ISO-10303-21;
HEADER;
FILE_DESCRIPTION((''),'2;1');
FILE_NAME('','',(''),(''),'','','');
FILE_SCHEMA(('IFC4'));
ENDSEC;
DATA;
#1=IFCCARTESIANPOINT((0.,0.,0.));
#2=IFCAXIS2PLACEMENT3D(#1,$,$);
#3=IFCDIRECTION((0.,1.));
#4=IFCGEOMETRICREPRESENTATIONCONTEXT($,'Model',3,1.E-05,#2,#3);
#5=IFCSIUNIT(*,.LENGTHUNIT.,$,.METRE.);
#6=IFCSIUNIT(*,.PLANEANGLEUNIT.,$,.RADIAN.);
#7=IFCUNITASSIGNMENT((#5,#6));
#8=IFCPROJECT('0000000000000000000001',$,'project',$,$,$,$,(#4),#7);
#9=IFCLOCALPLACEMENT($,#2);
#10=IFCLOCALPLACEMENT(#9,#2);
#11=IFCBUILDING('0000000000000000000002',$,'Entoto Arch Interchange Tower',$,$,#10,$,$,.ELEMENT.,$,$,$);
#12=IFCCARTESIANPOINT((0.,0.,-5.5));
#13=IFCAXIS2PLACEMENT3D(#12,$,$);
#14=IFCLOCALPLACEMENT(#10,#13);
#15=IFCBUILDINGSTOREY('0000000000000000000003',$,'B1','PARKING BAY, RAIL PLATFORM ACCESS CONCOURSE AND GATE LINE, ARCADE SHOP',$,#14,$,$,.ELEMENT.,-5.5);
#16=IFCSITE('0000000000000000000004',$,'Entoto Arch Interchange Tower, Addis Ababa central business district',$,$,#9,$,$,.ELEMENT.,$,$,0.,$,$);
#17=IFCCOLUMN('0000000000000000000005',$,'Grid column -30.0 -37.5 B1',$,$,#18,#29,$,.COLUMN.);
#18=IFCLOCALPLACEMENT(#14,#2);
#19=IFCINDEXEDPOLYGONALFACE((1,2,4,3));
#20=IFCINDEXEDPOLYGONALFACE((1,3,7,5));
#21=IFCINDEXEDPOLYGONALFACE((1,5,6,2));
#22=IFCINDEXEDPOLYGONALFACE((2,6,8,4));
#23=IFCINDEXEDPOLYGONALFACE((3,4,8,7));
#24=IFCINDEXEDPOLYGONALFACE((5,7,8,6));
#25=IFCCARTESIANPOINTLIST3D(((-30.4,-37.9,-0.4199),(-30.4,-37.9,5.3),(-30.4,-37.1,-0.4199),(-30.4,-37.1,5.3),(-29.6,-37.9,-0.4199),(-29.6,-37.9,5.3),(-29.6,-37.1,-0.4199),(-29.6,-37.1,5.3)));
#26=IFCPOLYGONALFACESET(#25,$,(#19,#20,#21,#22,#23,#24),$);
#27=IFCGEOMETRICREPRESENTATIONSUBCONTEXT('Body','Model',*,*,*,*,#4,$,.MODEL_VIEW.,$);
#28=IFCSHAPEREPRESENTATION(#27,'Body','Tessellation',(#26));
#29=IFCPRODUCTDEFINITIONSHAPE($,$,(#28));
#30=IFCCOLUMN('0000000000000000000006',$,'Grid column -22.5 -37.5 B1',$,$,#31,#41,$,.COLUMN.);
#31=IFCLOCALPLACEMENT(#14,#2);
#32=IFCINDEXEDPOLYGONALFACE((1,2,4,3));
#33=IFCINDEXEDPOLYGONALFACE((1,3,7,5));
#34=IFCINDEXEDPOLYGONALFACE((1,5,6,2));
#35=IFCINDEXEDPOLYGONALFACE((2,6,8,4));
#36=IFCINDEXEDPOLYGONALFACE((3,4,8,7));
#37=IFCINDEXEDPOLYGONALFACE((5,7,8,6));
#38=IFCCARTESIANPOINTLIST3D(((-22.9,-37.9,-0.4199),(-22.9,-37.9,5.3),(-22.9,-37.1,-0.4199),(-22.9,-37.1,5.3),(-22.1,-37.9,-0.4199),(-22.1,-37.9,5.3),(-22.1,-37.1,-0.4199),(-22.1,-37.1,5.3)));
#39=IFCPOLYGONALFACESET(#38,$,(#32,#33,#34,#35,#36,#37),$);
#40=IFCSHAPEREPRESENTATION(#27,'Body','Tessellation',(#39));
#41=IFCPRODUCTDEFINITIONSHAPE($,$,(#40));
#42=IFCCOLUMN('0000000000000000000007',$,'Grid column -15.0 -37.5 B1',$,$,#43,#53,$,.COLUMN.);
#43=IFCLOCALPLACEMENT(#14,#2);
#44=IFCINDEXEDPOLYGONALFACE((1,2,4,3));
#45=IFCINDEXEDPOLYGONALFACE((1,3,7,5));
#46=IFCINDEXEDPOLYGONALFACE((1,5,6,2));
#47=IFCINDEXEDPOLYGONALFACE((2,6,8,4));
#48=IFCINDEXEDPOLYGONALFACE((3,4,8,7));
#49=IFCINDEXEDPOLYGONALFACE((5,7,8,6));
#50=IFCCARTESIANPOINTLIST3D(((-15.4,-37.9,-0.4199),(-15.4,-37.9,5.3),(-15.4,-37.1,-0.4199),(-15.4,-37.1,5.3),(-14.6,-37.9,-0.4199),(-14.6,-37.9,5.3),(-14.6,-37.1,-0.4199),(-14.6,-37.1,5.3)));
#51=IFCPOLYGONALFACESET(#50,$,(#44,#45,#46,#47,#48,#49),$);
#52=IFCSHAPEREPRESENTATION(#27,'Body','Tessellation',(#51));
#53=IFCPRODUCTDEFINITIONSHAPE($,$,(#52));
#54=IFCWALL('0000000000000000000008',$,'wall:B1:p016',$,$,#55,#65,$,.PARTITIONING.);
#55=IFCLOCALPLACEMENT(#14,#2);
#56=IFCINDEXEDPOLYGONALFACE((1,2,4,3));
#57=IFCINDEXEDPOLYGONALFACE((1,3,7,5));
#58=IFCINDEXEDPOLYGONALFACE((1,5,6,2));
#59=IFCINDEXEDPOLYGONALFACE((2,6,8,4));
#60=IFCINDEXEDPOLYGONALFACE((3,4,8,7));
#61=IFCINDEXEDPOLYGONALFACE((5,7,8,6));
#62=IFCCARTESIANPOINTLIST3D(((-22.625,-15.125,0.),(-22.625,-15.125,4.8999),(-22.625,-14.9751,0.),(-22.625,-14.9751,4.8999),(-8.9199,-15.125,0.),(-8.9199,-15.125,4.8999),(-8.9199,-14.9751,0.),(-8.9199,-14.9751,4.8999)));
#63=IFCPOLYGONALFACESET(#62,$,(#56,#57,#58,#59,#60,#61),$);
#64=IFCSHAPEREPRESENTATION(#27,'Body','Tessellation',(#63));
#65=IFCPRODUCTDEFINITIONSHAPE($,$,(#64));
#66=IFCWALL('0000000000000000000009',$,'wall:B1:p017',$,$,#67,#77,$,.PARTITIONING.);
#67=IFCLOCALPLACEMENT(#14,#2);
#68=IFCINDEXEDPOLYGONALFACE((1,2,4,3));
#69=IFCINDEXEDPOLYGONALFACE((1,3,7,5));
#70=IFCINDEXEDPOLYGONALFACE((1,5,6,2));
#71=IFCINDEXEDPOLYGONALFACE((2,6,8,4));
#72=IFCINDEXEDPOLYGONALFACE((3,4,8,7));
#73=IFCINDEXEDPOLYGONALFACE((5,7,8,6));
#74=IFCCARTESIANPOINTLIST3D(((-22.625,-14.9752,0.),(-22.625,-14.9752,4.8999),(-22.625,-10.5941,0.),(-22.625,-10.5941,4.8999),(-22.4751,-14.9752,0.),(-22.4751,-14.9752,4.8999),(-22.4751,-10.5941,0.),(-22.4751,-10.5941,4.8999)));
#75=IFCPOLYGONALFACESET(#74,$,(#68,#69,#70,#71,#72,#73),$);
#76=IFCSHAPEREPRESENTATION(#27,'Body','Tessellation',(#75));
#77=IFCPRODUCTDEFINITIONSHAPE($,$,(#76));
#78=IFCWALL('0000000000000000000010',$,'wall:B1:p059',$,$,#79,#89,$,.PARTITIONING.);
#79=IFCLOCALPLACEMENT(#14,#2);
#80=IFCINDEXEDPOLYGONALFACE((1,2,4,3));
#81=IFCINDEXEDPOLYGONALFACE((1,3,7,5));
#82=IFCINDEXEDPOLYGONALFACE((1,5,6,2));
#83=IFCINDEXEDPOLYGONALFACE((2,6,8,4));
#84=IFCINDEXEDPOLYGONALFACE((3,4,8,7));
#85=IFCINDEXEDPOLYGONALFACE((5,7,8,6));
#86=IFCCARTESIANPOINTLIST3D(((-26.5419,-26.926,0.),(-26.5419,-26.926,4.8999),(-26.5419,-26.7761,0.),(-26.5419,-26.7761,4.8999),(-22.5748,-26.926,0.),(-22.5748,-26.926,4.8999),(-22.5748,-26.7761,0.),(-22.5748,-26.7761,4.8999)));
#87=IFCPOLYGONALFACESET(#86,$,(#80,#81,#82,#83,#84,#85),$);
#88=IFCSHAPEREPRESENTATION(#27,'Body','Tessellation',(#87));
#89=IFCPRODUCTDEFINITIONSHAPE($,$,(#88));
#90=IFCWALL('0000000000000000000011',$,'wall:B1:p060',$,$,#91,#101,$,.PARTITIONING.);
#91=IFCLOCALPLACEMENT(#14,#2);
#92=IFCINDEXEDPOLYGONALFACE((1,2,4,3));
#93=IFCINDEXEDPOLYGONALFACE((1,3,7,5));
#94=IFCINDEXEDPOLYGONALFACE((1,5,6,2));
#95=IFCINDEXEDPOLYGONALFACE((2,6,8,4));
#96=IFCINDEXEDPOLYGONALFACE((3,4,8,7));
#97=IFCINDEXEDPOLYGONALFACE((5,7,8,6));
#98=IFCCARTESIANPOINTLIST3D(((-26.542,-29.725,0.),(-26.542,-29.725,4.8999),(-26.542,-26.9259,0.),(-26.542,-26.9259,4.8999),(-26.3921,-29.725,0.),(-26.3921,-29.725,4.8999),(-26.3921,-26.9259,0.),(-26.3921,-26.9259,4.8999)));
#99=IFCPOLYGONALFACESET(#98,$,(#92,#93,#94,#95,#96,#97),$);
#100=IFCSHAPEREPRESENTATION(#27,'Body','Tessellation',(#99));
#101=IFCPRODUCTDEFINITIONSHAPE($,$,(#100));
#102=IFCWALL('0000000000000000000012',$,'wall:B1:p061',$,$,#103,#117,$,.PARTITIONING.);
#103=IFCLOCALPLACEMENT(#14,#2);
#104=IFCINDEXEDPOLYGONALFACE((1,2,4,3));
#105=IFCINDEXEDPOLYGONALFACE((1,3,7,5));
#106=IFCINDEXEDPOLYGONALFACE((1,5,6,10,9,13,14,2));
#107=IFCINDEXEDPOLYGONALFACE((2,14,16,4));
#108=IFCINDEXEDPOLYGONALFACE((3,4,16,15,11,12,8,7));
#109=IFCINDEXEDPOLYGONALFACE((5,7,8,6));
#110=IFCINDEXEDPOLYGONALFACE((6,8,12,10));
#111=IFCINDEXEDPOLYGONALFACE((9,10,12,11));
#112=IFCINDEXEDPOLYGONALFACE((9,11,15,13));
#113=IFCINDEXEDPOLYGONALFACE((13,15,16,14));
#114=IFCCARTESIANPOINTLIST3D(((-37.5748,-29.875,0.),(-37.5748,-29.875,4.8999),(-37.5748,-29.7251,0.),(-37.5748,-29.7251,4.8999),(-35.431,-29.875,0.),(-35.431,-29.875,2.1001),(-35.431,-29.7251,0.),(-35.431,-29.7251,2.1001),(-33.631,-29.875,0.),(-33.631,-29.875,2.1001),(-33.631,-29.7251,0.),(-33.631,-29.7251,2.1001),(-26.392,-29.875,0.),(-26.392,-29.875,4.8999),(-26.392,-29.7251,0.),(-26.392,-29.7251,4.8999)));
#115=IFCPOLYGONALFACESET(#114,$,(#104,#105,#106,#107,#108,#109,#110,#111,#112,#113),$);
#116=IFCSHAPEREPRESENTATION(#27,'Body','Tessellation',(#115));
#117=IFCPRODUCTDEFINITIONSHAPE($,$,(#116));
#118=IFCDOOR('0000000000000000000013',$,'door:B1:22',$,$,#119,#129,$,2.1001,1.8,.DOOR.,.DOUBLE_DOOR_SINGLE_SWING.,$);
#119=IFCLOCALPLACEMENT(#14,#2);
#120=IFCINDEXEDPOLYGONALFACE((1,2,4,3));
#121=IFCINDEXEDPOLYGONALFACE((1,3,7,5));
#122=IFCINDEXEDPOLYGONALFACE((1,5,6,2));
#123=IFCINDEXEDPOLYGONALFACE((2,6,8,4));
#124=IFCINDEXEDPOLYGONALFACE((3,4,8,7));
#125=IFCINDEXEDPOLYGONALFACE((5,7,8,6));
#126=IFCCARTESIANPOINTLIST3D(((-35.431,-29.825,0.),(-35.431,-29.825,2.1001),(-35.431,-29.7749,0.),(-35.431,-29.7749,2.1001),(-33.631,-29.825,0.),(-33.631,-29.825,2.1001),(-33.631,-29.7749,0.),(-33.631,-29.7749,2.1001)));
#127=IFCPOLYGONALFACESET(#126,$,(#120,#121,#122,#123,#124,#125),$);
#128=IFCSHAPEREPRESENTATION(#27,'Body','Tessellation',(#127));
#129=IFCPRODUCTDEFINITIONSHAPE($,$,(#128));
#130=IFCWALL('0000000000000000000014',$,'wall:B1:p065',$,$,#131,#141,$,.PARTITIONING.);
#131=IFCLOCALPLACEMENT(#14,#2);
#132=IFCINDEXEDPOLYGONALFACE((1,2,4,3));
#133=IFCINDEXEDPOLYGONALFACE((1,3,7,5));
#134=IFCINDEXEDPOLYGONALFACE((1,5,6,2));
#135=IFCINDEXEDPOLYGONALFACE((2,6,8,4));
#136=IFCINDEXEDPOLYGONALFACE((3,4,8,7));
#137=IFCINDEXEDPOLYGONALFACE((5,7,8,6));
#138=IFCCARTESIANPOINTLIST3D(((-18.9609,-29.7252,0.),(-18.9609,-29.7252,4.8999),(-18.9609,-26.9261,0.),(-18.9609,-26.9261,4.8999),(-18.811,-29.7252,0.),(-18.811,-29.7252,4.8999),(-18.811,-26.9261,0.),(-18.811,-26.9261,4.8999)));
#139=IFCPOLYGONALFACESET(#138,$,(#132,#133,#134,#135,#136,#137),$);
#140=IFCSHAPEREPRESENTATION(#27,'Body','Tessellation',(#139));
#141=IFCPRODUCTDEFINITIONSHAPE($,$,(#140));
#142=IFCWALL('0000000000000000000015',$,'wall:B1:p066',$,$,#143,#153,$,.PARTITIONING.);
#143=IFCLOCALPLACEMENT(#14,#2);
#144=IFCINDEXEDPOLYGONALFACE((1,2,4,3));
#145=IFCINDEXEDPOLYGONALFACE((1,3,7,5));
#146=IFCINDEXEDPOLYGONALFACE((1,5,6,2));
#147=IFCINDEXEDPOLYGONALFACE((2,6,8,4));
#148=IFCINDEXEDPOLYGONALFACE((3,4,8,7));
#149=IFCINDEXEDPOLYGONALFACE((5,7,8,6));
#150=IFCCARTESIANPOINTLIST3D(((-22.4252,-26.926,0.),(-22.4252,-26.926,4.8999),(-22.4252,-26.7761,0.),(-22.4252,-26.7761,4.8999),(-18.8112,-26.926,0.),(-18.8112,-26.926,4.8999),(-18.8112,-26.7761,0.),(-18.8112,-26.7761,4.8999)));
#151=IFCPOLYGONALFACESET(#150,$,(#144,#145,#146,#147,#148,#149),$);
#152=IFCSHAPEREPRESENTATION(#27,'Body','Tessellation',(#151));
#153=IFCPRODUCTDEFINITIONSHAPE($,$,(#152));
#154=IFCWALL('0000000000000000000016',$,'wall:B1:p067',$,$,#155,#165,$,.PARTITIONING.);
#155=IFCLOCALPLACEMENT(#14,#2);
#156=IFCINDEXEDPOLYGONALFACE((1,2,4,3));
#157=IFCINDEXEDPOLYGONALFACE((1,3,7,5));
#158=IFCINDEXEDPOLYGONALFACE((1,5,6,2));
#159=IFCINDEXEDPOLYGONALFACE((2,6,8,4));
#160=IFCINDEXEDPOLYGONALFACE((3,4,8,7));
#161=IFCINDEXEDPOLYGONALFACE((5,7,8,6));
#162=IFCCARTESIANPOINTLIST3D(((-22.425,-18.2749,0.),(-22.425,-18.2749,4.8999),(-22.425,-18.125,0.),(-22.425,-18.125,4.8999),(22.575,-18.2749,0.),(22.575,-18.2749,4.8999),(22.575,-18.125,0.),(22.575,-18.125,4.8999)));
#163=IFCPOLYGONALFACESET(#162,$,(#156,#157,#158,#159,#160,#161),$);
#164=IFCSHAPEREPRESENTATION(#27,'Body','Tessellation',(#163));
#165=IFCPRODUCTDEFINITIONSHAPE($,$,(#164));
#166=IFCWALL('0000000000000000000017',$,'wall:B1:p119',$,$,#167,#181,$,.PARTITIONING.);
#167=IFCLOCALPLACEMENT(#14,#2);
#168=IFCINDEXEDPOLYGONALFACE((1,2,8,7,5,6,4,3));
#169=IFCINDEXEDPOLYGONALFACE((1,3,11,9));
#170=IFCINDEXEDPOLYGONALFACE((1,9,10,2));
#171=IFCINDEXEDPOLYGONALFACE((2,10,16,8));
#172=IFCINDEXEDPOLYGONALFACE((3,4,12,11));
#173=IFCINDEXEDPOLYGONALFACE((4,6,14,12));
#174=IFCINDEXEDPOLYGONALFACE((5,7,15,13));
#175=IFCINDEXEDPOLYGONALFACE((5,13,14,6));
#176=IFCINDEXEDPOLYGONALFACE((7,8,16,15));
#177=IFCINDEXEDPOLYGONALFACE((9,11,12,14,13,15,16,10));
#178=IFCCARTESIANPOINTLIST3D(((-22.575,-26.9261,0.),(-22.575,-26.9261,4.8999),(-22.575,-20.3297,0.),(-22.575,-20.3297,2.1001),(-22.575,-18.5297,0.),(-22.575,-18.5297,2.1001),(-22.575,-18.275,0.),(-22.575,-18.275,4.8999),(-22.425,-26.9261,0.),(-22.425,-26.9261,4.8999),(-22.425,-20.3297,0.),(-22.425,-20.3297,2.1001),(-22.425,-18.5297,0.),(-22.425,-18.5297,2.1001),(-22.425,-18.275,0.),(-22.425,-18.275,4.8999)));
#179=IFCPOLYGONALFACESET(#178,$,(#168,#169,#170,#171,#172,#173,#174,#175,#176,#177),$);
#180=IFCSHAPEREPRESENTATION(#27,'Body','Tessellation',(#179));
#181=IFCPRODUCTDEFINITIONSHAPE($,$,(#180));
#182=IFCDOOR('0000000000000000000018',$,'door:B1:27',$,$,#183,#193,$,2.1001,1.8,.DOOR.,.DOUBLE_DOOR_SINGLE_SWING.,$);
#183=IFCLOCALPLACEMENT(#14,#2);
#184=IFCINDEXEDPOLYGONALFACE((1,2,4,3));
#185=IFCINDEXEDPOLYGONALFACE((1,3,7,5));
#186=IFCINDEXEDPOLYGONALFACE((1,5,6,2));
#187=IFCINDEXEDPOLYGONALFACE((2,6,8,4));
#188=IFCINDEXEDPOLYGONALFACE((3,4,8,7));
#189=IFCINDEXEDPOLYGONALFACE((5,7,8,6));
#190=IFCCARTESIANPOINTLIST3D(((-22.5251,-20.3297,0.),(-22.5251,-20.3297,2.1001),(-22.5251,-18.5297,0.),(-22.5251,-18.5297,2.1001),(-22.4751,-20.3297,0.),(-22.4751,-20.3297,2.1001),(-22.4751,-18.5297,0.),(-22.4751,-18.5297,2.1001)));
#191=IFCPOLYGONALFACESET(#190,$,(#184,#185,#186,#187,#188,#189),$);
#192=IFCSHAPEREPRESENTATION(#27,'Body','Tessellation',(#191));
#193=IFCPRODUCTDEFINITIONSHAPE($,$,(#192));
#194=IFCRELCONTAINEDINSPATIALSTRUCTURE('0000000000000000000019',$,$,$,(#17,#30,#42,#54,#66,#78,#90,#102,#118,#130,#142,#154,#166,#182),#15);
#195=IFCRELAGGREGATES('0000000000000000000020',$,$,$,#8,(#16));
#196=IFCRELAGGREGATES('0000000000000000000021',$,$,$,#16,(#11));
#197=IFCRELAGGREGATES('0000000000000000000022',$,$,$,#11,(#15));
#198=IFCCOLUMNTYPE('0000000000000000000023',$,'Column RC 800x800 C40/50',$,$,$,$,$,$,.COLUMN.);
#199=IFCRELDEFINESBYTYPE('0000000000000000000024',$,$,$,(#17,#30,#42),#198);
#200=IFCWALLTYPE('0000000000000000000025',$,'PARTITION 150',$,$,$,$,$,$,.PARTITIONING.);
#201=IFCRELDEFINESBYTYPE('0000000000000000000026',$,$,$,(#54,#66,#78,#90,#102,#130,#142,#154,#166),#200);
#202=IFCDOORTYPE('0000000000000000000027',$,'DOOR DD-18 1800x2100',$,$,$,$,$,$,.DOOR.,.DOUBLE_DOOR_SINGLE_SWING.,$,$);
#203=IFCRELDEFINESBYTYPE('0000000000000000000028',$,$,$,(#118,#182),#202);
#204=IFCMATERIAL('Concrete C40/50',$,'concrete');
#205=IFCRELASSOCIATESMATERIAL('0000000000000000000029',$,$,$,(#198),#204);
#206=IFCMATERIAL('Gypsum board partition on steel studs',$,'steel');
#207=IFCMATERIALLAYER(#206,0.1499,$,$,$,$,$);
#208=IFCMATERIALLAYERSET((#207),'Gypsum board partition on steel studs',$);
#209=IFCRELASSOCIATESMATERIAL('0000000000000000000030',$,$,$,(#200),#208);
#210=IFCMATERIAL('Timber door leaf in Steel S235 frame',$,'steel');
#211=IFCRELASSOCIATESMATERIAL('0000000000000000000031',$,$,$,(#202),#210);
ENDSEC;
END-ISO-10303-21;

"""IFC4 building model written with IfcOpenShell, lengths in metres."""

from ifc_helpers import new_model, si_unit, direction, frame, frame_2d, origin, origin_2d, place, context, subcontext, project, spatial, rectangle, extrude, material, layer, layer_set, material_profile, profile_set, type_object, element, fill, save


model = new_model("IFC4")

# Units and contexts
model_context = context("Model", 3, precision=1e-05, world=origin(), true_north=direction((0.0, 1.0)))
body_context = subcontext(model_context, "Body", "Model", "MODEL_VIEW")
ifc_project = project(units=[si_unit("LENGTHUNIT", "METRE"), si_unit("PLANEANGLEUNIT", "RADIAN")], contexts=[model_context])

# Site, building, storey
site_placement = place(None, origin())
site = spatial("IfcSite", under=ifc_project, at=site_placement, Name="Entoto Arch Interchange Tower, Addis Ababa central business district", CompositionType="ELEMENT", RefElevation=0.0)
building_placement = place(site_placement, origin())
building = spatial("IfcBuilding", under=site, at=building_placement, Name="Entoto Arch Interchange Tower", CompositionType="ELEMENT")
storey_placement = place(building_placement, frame((0.0, 0.0, -5.5)))
storey = spatial("IfcBuildingStorey", under=building, at=storey_placement, Name="B1", Description="PARKING BAY, RAIL PLATFORM ACCESS CONCOURSE AND GATE LINE, ARCADE SHOP", CompositionType="ELEMENT", Elevation=-5.5)

# Columns
ifc_material_1 = material(Name="Concrete C40/50", Category="concrete")
ifc_material_profile = material_profile(ifc_material_1, rectangle(XDim=0.8, YDim=0.8, at=origin_2d()))
ifc_profile_set = profile_set([ifc_material_profile], Name="Concrete C40/50")
column_type = type_object("IfcColumnType", Name="Column RC 800x800 C40/50", PredefinedType="COLUMN", material=ifc_profile_set)
for number, where, z_axis, x_axis, name in (
    (1, (-30.0, -37.5, -0.4199), (0.0, 0.0, 1.0), (1.0, 0.0, 0.0), "Grid column -30.0 -37.5 B1"),
    (2, (-22.5, -37.5, -0.4199), (0.0, 0.0, 1.0), (1.0, 0.0, 0.0), "Grid column -22.5 -37.5 B1"),
    (3, (-15.0, -37.5, -0.4199), (0.0, 0.0, 1.0), (1.0, 0.0, 0.0), "Grid column -15.0 -37.5 B1"),
):
    element("IfcColumn", number, at=place(storey_placement, frame(where, z_axis=z_axis, x_axis=x_axis)), inside=storey, type_object=column_type, Name=name, PredefinedType="COLUMN", context=body_context, shape_type="SweptSolid", body=[
        extrude(rectangle(XDim=0.8, YDim=0.8, at=origin_2d()), origin(), (0.0, 0.0, 1.0), 5.72),
    ])

# Walls
ifc_material_2 = material(Name="Gypsum board partition on steel studs", Category="steel")
ifc_layer_1 = layer(ifc_material_2, 0.1499)
ifc_layer_set_1 = layer_set([ifc_layer_1], Name="Gypsum board partition on steel studs")
wall_type_1 = type_object("IfcWallType", Name="PARTITION 150", PredefinedType="PARTITIONING", material=ifc_layer_set_1)
wall_1_placement = place(storey_placement, frame((-8.9199, -15.05, 0.0), z_axis=(0.0, 0.0, 1.0), x_axis=(-1.0, 0.0, 0.0)))
element("IfcWall", 4, at=wall_1_placement, inside=storey, type_object=wall_type_1, Name="wall:B1:p016", PredefinedType="PARTITIONING", context=body_context, shape_type="SweptSolid", body=[
    extrude(rectangle(XDim=13.7051, YDim=0.1499, at=frame_2d((6.8525, 0.0))), origin(), (0.0, 0.0, 1.0), 4.8999),
])
wall_2_placement = place(storey_placement, frame((-22.55, -14.9751, 0.0), z_axis=(0.0, 0.0, 1.0), x_axis=(0.0, 1.0, 0.0)))
element("IfcWall", 5, at=wall_2_placement, inside=storey, type_object=wall_type_1, Name="wall:B1:p017", PredefinedType="PARTITIONING", context=body_context, shape_type="SweptSolid", body=[
    extrude(rectangle(XDim=4.3811, YDim=0.1499, at=frame_2d((2.1904, 0.0))), origin(), (0.0, 0.0, 1.0), 4.8999),
])
wall_3_placement = place(storey_placement, frame((-22.575, -26.8511, 0.0), z_axis=(0.0, 0.0, 1.0), x_axis=(-1.0, 0.0, 0.0)))
element("IfcWall", 6, at=wall_3_placement, inside=storey, type_object=wall_type_1, Name="wall:B1:p059", PredefinedType="PARTITIONING", context=body_context, shape_type="SweptSolid", body=[
    extrude(rectangle(XDim=3.967, YDim=0.1499, at=frame_2d((1.9834, 0.0))), origin(), (0.0, 0.0, 1.0), 4.8999),
])
wall_4_placement = place(storey_placement, frame((-26.467, -26.926, 0.0), z_axis=(0.0, 0.0, 1.0), x_axis=(0.0, -1.0, 0.0)))
element("IfcWall", 7, at=wall_4_placement, inside=storey, type_object=wall_type_1, Name="wall:B1:p060", PredefinedType="PARTITIONING", context=body_context, shape_type="SweptSolid", body=[
    extrude(rectangle(XDim=2.7991, YDim=0.1499, at=frame_2d((1.3994, 0.0))), origin(), (0.0, 0.0, 1.0), 4.8999),
])

# Wall, opening, door
wall_5_placement = place(storey_placement, frame((-26.3921, -29.8, 0.0), z_axis=(0.0, 0.0, 1.0), x_axis=(-1.0, 0.0, 0.0)))
wall_5 = element("IfcWall", 8, at=wall_5_placement, inside=storey, type_object=wall_type_1, Name="wall:B1:p061", PredefinedType="PARTITIONING", context=body_context, shape_type="SweptSolid", body=[
    extrude(rectangle(XDim=11.1829, YDim=0.1499, at=frame_2d((5.5913, 0.0))), origin(), (0.0, 0.0, 1.0), 4.8999),
])
opening_1_placement = place(wall_5_placement, frame((7.239, 0.0, 0.0)))
opening_1 = element("IfcOpeningElement", 9, at=opening_1_placement, cuts=wall_5, PredefinedType="OPENING", context=body_context, shape_type="SweptSolid", body=[
    extrude(rectangle(XDim=1.8, YDim=2.1001, at=frame_2d((0.8999, 1.05))), frame((0.0, 0.085, 0.0), z_axis=(0.0, -1.0, 0.0), x_axis=(1.0, 0.0, 0.0)), (0.0, 0.0, 1.0), 0.1699),
])
ifc_material_3 = material(Name="Timber door leaf in Steel S235 frame", Category="steel")
door_type = type_object("IfcDoorType", Name="DOOR DD-18 1800x2100", OperationType="DOUBLE_DOOR_SINGLE_SWING", PredefinedType="DOOR", material=ifc_material_3)
door_1_placement = place(opening_1_placement, origin())
door_1 = element("IfcDoor", 10, at=door_1_placement, inside=storey, type_object=door_type, Name="door:B1:22", OperationType="DOUBLE_DOOR_SINGLE_SWING", OverallHeight=2.1001, OverallWidth=1.8, PredefinedType="DOOR", context=body_context, shape_type="SweptSolid", body=[
    extrude(rectangle(XDim=1.8, YDim=2.1001, at=frame_2d((0.8999, 1.05))), frame((0.0, 0.0249, 0.0), z_axis=(0.0, -1.0, 0.0), x_axis=(1.0, 0.0, 0.0)), (0.0, 0.0, 1.0), 0.05),
])
fill(opening_1, door_1)

# Walls
wall_6_placement = place(storey_placement, frame((-18.886, -29.7251, 0.0), z_axis=(0.0, 0.0, 1.0), x_axis=(0.0, 1.0, 0.0)))
element("IfcWall", 11, at=wall_6_placement, inside=storey, type_object=wall_type_1, Name="wall:B1:p065", PredefinedType="PARTITIONING", context=body_context, shape_type="SweptSolid", body=[
    extrude(rectangle(XDim=2.7991, YDim=0.1499, at=frame_2d((1.3994, 0.0))), origin(), (0.0, 0.0, 1.0), 4.8999),
])
wall_7_placement = place(storey_placement, frame((-18.811, -26.8511, 0.0), z_axis=(0.0, 0.0, 1.0), x_axis=(-1.0, 0.0, 0.0)))
element("IfcWall", 12, at=wall_7_placement, inside=storey, type_object=wall_type_1, Name="wall:B1:p066", PredefinedType="PARTITIONING", context=body_context, shape_type="SweptSolid", body=[
    extrude(rectangle(XDim=3.614, YDim=0.1499, at=frame_2d((1.8071, 0.0))), origin(), (0.0, 0.0, 1.0), 4.8999),
])
wall_8_placement = place(storey_placement, frame((-22.425, -18.2, 0.0), z_axis=(0.0, 0.0, 1.0), x_axis=(1.0, 0.0, 0.0)))
element("IfcWall", 13, at=wall_8_placement, inside=storey, type_object=wall_type_1, Name="wall:B1:p067", PredefinedType="PARTITIONING", context=body_context, shape_type="SweptSolid", body=[
    extrude(rectangle(XDim=45.0, YDim=0.1499, at=frame_2d((22.5, 0.0))), origin(), (0.0, 0.0, 1.0), 4.8999),
])

# Wall, opening, door
wall_9_placement = place(storey_placement, frame((-22.5, -18.2749, 0.0), z_axis=(0.0, 0.0, 1.0), x_axis=(0.0, -1.0, 0.0)))
wall_9 = element("IfcWall", 14, at=wall_9_placement, inside=storey, type_object=wall_type_1, Name="wall:B1:p119", PredefinedType="PARTITIONING", context=body_context, shape_type="SweptSolid", body=[
    extrude(rectangle(XDim=8.6511, YDim=0.1499, at=frame_2d((4.3257, 0.0))), origin(), (0.0, 0.0, 1.0), 4.8999),
])
opening_2_placement = place(wall_9_placement, frame((0.2549, 0.0, 0.0)))
opening_2 = element("IfcOpeningElement", 15, at=opening_2_placement, cuts=wall_9, PredefinedType="OPENING", context=body_context, shape_type="SweptSolid", body=[
    extrude(rectangle(XDim=1.8, YDim=2.1001, at=frame_2d((0.8999, 1.05))), frame((0.0, 0.085, 0.0), z_axis=(0.0, -1.0, 0.0), x_axis=(1.0, 0.0, 0.0)), (0.0, 0.0, 1.0), 0.1699),
])
door_2_placement = place(opening_2_placement, origin())
door_2 = element("IfcDoor", 16, at=door_2_placement, inside=storey, type_object=door_type, Name="door:B1:27", OperationType="DOUBLE_DOOR_SINGLE_SWING", OverallHeight=2.1001, OverallWidth=1.8, PredefinedType="DOOR", context=body_context, shape_type="SweptSolid", body=[
    extrude(rectangle(XDim=1.8, YDim=2.1001, at=frame_2d((0.8999, 1.05))), frame((0.0, 0.0249, 0.0), z_axis=(0.0, -1.0, 0.0), x_axis=(1.0, 0.0, 0.0)), (0.0, 0.0, 1.0), 0.05),
])
fill(opening_2, door_2)

save(model, "model.ifc")
